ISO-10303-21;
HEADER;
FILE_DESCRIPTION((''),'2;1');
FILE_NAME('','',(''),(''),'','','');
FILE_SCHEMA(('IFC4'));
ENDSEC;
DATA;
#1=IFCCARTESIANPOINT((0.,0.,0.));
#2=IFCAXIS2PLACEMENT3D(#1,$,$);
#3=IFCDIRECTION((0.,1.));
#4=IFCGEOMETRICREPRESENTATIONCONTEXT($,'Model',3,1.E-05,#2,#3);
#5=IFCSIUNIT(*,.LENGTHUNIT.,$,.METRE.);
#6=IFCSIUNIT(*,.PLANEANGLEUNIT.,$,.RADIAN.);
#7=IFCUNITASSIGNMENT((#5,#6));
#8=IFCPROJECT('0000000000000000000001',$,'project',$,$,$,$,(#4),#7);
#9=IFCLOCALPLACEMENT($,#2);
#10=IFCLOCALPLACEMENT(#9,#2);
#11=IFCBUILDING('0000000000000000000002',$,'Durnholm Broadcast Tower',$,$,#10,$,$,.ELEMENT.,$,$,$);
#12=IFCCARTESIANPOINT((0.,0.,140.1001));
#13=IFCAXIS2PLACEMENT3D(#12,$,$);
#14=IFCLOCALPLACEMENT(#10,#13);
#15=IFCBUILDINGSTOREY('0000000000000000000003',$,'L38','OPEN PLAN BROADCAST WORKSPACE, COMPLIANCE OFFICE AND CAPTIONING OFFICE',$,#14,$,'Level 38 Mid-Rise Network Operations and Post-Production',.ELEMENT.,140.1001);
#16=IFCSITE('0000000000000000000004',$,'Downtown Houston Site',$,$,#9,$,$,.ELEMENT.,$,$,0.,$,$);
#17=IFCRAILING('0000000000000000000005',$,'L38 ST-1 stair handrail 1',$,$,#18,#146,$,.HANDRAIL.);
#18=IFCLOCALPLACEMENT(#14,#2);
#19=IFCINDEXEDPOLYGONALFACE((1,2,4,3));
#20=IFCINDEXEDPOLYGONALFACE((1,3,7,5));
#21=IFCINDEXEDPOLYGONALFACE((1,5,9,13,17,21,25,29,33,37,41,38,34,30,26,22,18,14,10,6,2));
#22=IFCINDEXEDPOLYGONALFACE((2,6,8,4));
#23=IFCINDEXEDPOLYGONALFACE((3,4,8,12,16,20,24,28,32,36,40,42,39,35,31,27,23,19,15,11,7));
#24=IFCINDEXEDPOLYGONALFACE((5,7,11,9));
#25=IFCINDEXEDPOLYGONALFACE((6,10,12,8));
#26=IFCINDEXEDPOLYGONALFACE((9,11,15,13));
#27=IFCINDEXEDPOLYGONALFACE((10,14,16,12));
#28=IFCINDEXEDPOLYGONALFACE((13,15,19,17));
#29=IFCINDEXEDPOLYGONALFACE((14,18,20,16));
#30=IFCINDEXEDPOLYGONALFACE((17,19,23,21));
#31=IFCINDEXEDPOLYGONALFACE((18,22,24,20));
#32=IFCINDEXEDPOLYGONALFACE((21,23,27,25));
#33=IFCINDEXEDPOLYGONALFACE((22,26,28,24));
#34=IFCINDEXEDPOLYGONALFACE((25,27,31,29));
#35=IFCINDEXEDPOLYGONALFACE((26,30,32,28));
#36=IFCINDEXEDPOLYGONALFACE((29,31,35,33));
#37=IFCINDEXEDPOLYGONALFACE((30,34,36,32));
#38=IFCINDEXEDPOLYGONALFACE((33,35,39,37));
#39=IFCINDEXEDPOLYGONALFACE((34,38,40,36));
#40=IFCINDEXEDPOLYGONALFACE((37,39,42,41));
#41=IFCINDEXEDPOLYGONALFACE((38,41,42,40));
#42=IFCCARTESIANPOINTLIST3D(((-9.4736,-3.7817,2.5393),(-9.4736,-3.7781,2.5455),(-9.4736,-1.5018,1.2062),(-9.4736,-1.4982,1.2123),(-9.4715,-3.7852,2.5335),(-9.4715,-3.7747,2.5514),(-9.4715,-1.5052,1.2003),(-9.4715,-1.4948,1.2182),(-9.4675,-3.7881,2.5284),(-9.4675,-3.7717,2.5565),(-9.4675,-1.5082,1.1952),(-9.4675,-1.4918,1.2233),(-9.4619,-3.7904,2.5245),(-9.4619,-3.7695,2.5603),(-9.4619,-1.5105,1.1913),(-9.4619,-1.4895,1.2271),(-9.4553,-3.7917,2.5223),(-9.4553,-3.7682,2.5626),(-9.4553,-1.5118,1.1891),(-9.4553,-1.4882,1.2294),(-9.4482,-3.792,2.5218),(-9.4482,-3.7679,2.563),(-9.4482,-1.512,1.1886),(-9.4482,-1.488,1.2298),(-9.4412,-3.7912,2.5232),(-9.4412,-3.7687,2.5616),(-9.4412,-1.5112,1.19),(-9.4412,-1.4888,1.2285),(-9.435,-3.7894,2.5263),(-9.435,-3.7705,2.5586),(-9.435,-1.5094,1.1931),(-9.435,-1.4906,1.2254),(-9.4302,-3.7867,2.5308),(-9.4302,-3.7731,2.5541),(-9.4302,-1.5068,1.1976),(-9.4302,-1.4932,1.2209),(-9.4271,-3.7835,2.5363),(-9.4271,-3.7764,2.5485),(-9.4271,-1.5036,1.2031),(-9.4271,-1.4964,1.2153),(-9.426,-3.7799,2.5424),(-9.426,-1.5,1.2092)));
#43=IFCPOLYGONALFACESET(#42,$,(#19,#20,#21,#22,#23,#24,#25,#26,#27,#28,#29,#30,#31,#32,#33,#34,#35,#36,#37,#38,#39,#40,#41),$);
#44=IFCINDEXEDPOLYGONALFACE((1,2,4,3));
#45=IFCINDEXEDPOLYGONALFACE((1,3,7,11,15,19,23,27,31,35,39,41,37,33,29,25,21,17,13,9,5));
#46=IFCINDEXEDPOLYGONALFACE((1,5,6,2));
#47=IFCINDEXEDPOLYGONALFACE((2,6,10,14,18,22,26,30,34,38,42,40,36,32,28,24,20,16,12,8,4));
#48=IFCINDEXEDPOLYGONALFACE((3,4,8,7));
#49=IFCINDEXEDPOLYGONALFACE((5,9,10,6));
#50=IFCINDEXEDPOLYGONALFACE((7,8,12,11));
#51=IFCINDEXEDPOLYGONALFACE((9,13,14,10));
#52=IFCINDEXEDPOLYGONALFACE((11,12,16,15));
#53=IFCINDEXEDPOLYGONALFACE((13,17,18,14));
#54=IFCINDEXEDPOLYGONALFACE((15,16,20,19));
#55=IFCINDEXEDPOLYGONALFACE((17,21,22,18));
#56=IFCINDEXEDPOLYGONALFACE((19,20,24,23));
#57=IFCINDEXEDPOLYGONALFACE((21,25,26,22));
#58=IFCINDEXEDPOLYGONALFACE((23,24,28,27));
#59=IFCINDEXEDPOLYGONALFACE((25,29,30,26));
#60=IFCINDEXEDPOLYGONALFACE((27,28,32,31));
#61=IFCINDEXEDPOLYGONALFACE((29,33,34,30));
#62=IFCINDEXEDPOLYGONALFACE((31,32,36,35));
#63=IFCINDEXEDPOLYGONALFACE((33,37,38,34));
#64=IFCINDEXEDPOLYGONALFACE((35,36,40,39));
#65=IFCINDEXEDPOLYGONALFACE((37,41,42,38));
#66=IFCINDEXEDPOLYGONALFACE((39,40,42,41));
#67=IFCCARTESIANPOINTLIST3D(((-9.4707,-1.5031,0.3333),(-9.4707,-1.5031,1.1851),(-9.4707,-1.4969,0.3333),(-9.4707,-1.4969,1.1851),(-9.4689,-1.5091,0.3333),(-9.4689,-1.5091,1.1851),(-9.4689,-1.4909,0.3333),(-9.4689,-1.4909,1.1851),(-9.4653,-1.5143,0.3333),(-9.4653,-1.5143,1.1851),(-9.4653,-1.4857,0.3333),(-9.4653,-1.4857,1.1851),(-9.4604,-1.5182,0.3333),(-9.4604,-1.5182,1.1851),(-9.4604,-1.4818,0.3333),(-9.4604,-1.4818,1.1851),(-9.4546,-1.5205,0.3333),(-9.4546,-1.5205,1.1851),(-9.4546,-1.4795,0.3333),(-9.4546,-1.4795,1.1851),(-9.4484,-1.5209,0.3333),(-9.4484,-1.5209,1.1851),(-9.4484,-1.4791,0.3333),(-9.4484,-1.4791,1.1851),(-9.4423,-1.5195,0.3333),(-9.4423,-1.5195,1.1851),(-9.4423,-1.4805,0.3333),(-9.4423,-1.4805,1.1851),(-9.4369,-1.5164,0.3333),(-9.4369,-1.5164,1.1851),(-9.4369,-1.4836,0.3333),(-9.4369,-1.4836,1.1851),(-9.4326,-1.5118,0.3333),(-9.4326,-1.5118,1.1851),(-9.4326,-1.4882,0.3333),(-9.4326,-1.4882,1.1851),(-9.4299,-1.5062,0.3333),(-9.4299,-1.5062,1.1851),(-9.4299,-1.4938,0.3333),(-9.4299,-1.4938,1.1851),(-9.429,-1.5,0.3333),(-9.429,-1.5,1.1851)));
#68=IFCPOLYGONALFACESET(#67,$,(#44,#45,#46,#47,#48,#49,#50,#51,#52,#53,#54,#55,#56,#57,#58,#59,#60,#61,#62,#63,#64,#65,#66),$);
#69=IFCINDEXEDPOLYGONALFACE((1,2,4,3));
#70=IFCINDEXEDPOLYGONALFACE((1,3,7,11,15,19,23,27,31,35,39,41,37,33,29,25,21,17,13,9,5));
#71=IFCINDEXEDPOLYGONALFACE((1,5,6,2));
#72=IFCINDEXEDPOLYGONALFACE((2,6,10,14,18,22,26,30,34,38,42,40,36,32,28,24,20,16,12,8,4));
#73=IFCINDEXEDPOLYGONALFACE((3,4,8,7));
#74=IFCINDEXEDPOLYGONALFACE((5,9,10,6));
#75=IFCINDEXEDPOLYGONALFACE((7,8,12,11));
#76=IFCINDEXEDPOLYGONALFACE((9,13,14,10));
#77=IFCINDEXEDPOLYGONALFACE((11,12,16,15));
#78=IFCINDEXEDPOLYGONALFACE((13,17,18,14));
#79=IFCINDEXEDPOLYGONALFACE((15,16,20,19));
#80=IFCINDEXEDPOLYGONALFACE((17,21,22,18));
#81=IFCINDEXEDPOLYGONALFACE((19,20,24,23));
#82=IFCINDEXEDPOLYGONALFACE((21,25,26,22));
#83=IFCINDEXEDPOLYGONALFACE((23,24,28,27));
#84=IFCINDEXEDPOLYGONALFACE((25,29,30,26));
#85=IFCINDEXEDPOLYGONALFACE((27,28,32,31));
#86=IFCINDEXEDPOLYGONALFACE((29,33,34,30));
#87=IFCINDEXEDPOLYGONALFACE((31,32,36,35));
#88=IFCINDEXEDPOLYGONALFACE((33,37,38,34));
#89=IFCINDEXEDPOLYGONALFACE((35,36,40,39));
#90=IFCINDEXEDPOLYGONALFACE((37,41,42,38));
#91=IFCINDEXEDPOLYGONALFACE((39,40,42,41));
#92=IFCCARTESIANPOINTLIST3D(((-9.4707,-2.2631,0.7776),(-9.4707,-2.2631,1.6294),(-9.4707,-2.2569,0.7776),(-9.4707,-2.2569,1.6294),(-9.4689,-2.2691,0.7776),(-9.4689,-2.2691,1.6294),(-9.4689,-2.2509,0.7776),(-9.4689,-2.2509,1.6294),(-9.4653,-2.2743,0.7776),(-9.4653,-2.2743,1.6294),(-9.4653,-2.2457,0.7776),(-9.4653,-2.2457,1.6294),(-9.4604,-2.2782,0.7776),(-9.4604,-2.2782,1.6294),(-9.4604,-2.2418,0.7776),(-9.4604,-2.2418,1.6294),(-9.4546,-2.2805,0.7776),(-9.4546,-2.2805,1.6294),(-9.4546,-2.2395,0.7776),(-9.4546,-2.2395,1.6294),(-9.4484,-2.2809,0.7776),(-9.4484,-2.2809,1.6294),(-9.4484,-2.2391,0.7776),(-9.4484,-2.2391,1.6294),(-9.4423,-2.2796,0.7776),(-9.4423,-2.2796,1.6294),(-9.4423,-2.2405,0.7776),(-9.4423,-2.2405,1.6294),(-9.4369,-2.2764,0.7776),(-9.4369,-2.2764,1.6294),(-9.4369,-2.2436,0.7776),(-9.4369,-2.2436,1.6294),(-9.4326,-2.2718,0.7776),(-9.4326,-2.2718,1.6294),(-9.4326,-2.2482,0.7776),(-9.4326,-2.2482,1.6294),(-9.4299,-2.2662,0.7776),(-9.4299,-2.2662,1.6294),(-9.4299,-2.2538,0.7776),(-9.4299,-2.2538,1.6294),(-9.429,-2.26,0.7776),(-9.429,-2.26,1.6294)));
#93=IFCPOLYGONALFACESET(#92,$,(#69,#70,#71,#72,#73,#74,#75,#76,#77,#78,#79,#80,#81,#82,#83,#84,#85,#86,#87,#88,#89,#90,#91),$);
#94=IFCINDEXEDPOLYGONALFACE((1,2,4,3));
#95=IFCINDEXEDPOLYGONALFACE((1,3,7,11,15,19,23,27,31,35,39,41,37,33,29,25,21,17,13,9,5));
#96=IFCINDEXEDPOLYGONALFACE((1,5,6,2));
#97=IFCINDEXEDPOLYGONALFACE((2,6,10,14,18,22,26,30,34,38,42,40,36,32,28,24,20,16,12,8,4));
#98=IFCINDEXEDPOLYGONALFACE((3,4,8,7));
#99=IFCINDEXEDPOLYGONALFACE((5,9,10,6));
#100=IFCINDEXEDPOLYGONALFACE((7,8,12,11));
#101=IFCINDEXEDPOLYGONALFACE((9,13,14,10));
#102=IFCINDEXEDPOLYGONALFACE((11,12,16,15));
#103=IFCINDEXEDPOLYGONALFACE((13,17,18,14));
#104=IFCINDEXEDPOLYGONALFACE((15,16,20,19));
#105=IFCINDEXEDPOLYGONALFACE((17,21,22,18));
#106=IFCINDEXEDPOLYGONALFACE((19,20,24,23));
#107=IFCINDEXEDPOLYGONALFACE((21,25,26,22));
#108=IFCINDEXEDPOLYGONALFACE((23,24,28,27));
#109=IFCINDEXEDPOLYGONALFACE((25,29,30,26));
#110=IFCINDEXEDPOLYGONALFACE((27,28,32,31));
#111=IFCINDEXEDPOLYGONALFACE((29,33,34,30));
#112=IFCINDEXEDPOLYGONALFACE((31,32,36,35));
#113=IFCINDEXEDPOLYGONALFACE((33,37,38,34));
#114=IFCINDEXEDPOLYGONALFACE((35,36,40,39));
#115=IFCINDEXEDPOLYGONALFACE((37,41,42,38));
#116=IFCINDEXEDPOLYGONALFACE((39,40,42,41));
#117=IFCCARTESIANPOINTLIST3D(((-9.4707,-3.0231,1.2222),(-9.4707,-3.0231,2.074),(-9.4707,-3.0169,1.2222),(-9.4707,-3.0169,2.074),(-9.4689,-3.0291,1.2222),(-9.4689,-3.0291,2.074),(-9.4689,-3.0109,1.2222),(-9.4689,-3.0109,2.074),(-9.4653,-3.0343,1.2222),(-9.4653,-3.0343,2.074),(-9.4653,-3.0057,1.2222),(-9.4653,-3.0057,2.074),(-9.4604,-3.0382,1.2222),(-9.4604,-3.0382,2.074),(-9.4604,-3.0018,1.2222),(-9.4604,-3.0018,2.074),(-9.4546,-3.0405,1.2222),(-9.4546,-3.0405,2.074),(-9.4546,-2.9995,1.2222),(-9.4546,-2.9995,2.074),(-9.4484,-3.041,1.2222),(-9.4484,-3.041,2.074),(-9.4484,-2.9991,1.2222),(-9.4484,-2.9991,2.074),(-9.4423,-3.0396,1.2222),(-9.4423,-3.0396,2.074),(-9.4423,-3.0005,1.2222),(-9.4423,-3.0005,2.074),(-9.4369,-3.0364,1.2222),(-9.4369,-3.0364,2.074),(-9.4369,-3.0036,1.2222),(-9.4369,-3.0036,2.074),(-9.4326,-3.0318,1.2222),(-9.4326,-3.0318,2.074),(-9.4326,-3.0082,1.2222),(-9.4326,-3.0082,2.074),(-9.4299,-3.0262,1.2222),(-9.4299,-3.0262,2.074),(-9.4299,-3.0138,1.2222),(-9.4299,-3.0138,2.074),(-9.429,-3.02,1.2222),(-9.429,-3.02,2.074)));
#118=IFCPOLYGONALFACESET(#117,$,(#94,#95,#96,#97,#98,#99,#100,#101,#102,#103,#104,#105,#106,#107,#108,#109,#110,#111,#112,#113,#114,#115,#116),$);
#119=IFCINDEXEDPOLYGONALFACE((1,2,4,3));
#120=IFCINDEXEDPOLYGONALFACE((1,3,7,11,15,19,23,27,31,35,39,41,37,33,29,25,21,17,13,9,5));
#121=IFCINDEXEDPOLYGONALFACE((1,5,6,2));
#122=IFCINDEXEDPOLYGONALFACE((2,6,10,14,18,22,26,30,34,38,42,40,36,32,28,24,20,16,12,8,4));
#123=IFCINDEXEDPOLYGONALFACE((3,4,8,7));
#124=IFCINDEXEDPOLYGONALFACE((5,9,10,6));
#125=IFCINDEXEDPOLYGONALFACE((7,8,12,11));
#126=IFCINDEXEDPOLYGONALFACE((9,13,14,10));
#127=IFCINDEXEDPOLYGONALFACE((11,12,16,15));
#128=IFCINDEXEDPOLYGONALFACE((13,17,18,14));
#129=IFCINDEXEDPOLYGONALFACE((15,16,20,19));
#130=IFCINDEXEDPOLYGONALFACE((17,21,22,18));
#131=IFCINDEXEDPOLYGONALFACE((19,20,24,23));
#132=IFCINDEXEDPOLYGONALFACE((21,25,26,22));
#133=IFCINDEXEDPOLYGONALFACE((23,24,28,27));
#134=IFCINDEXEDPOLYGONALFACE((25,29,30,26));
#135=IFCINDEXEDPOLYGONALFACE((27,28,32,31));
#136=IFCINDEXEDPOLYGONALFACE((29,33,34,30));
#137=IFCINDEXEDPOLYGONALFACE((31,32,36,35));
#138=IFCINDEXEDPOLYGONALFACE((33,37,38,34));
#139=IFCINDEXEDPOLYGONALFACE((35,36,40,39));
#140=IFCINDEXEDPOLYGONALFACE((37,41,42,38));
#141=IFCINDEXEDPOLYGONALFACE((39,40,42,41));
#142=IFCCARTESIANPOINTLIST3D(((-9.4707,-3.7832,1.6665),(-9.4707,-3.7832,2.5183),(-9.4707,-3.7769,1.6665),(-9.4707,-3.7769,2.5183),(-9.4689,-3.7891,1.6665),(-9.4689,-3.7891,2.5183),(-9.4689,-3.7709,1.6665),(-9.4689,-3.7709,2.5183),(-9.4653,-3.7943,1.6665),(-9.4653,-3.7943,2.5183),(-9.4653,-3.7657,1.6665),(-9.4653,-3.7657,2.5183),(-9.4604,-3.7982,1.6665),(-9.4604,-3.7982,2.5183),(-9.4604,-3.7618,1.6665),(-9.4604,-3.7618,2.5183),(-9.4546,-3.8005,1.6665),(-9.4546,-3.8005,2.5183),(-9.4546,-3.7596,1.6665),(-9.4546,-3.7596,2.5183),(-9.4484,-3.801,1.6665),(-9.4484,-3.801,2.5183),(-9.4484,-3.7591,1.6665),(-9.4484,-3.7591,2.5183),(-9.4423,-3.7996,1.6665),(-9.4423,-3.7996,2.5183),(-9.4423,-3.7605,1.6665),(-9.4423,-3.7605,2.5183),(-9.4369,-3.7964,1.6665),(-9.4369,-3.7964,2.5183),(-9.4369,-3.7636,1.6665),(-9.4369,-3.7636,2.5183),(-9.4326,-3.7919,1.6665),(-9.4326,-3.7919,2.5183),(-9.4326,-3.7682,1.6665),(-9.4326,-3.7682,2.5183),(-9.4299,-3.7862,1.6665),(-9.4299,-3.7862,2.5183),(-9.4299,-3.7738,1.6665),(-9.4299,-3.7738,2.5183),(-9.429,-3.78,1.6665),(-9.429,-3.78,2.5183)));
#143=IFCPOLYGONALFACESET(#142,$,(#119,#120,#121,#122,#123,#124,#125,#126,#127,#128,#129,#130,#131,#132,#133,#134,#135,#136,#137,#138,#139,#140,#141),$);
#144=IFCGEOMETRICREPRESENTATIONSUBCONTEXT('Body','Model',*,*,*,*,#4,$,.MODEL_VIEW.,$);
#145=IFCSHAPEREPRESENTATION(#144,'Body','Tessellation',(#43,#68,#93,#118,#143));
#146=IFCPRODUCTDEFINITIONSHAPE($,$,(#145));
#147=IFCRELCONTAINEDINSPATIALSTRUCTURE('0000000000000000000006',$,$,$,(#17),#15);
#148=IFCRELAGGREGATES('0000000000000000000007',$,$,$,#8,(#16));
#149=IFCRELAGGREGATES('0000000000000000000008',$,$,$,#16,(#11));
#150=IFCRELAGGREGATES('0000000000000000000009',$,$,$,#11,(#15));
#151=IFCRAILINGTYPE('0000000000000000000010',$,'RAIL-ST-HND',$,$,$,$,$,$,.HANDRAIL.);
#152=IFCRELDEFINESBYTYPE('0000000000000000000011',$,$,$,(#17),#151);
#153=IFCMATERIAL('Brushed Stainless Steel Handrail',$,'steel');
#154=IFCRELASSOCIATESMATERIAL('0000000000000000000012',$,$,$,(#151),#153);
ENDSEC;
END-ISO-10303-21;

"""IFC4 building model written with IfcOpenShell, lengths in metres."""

from ifc_helpers import new_model, si_unit, direction, frame, origin, origin_2d, place, context, subcontext, project, spatial, circle, extrude, material, type_object, element, save


model = new_model("IFC4")

# Units and contexts
model_context = context("Model", 3, precision=1e-05, world=origin(), true_north=direction((0.0, 1.0)))
body_context = subcontext(model_context, "Body", "Model", "MODEL_VIEW")
ifc_project = project(units=[si_unit("LENGTHUNIT", "METRE"), si_unit("PLANEANGLEUNIT", "RADIAN")], contexts=[model_context])

# Site, building, storey
site_placement = place(None, origin())
site = spatial("IfcSite", under=ifc_project, at=site_placement, Name="Downtown Houston Site", CompositionType="ELEMENT", RefElevation=0.0)
building_placement = place(site_placement, origin())
building = spatial("IfcBuilding", under=site, at=building_placement, Name="Durnholm Broadcast Tower", CompositionType="ELEMENT")
storey_placement = place(building_placement, frame((0.0, 0.0, 140.1001)))
storey = spatial("IfcBuildingStorey", under=building, at=storey_placement, Name="L38", Description="OPEN PLAN BROADCAST WORKSPACE, COMPLIANCE OFFICE AND CAPTIONING OFFICE", LongName="Level 38 Mid-Rise Network Operations and Post-Production", CompositionType="ELEMENT", Elevation=140.1001)

# Railing
ifc_material_1 = material(Name="Brushed Stainless Steel Handrail", Category="steel")
railing_type_1 = type_object("IfcRailingType", Name="RAIL-ST-HND", PredefinedType="HANDRAIL", material=ifc_material_1)
railing_1_placement = place(storey_placement, frame((-9.45, -1.5, 0.3333)))
element("IfcRailing", 1, at=railing_1_placement, inside=storey, type_object=railing_type_1, Name="L38 ST-1 stair handrail 1", PredefinedType="HANDRAIL", context=body_context, shape_type="SweptSolid", body=[
    extrude(circle(Radius=0.0239, at=origin_2d()), frame((0.0, 0.0, 0.876), z_axis=(0.0, -0.863245, 0.504785), x_axis=(1.0, 0.0, 0.0)), (0.0, 0.0, 1.0), 2.6411),
    extrude(circle(Radius=0.021, at=origin_2d()), origin(), (0.0, 0.0, 1.0), 0.8518),
    extrude(circle(Radius=0.021, at=origin_2d()), frame((0.0, -0.76, 0.4443)), (0.0, 0.0, 1.0), 0.8518),
    extrude(circle(Radius=0.021, at=origin_2d()), frame((0.0, -1.52, 0.8889)), (0.0, 0.0, 1.0), 0.8518),
    extrude(circle(Radius=0.021, at=origin_2d()), frame((0.0, -2.28, 1.3333)), (0.0, 0.0, 1.0), 0.8518),
])

save(model, "model.ifc")
